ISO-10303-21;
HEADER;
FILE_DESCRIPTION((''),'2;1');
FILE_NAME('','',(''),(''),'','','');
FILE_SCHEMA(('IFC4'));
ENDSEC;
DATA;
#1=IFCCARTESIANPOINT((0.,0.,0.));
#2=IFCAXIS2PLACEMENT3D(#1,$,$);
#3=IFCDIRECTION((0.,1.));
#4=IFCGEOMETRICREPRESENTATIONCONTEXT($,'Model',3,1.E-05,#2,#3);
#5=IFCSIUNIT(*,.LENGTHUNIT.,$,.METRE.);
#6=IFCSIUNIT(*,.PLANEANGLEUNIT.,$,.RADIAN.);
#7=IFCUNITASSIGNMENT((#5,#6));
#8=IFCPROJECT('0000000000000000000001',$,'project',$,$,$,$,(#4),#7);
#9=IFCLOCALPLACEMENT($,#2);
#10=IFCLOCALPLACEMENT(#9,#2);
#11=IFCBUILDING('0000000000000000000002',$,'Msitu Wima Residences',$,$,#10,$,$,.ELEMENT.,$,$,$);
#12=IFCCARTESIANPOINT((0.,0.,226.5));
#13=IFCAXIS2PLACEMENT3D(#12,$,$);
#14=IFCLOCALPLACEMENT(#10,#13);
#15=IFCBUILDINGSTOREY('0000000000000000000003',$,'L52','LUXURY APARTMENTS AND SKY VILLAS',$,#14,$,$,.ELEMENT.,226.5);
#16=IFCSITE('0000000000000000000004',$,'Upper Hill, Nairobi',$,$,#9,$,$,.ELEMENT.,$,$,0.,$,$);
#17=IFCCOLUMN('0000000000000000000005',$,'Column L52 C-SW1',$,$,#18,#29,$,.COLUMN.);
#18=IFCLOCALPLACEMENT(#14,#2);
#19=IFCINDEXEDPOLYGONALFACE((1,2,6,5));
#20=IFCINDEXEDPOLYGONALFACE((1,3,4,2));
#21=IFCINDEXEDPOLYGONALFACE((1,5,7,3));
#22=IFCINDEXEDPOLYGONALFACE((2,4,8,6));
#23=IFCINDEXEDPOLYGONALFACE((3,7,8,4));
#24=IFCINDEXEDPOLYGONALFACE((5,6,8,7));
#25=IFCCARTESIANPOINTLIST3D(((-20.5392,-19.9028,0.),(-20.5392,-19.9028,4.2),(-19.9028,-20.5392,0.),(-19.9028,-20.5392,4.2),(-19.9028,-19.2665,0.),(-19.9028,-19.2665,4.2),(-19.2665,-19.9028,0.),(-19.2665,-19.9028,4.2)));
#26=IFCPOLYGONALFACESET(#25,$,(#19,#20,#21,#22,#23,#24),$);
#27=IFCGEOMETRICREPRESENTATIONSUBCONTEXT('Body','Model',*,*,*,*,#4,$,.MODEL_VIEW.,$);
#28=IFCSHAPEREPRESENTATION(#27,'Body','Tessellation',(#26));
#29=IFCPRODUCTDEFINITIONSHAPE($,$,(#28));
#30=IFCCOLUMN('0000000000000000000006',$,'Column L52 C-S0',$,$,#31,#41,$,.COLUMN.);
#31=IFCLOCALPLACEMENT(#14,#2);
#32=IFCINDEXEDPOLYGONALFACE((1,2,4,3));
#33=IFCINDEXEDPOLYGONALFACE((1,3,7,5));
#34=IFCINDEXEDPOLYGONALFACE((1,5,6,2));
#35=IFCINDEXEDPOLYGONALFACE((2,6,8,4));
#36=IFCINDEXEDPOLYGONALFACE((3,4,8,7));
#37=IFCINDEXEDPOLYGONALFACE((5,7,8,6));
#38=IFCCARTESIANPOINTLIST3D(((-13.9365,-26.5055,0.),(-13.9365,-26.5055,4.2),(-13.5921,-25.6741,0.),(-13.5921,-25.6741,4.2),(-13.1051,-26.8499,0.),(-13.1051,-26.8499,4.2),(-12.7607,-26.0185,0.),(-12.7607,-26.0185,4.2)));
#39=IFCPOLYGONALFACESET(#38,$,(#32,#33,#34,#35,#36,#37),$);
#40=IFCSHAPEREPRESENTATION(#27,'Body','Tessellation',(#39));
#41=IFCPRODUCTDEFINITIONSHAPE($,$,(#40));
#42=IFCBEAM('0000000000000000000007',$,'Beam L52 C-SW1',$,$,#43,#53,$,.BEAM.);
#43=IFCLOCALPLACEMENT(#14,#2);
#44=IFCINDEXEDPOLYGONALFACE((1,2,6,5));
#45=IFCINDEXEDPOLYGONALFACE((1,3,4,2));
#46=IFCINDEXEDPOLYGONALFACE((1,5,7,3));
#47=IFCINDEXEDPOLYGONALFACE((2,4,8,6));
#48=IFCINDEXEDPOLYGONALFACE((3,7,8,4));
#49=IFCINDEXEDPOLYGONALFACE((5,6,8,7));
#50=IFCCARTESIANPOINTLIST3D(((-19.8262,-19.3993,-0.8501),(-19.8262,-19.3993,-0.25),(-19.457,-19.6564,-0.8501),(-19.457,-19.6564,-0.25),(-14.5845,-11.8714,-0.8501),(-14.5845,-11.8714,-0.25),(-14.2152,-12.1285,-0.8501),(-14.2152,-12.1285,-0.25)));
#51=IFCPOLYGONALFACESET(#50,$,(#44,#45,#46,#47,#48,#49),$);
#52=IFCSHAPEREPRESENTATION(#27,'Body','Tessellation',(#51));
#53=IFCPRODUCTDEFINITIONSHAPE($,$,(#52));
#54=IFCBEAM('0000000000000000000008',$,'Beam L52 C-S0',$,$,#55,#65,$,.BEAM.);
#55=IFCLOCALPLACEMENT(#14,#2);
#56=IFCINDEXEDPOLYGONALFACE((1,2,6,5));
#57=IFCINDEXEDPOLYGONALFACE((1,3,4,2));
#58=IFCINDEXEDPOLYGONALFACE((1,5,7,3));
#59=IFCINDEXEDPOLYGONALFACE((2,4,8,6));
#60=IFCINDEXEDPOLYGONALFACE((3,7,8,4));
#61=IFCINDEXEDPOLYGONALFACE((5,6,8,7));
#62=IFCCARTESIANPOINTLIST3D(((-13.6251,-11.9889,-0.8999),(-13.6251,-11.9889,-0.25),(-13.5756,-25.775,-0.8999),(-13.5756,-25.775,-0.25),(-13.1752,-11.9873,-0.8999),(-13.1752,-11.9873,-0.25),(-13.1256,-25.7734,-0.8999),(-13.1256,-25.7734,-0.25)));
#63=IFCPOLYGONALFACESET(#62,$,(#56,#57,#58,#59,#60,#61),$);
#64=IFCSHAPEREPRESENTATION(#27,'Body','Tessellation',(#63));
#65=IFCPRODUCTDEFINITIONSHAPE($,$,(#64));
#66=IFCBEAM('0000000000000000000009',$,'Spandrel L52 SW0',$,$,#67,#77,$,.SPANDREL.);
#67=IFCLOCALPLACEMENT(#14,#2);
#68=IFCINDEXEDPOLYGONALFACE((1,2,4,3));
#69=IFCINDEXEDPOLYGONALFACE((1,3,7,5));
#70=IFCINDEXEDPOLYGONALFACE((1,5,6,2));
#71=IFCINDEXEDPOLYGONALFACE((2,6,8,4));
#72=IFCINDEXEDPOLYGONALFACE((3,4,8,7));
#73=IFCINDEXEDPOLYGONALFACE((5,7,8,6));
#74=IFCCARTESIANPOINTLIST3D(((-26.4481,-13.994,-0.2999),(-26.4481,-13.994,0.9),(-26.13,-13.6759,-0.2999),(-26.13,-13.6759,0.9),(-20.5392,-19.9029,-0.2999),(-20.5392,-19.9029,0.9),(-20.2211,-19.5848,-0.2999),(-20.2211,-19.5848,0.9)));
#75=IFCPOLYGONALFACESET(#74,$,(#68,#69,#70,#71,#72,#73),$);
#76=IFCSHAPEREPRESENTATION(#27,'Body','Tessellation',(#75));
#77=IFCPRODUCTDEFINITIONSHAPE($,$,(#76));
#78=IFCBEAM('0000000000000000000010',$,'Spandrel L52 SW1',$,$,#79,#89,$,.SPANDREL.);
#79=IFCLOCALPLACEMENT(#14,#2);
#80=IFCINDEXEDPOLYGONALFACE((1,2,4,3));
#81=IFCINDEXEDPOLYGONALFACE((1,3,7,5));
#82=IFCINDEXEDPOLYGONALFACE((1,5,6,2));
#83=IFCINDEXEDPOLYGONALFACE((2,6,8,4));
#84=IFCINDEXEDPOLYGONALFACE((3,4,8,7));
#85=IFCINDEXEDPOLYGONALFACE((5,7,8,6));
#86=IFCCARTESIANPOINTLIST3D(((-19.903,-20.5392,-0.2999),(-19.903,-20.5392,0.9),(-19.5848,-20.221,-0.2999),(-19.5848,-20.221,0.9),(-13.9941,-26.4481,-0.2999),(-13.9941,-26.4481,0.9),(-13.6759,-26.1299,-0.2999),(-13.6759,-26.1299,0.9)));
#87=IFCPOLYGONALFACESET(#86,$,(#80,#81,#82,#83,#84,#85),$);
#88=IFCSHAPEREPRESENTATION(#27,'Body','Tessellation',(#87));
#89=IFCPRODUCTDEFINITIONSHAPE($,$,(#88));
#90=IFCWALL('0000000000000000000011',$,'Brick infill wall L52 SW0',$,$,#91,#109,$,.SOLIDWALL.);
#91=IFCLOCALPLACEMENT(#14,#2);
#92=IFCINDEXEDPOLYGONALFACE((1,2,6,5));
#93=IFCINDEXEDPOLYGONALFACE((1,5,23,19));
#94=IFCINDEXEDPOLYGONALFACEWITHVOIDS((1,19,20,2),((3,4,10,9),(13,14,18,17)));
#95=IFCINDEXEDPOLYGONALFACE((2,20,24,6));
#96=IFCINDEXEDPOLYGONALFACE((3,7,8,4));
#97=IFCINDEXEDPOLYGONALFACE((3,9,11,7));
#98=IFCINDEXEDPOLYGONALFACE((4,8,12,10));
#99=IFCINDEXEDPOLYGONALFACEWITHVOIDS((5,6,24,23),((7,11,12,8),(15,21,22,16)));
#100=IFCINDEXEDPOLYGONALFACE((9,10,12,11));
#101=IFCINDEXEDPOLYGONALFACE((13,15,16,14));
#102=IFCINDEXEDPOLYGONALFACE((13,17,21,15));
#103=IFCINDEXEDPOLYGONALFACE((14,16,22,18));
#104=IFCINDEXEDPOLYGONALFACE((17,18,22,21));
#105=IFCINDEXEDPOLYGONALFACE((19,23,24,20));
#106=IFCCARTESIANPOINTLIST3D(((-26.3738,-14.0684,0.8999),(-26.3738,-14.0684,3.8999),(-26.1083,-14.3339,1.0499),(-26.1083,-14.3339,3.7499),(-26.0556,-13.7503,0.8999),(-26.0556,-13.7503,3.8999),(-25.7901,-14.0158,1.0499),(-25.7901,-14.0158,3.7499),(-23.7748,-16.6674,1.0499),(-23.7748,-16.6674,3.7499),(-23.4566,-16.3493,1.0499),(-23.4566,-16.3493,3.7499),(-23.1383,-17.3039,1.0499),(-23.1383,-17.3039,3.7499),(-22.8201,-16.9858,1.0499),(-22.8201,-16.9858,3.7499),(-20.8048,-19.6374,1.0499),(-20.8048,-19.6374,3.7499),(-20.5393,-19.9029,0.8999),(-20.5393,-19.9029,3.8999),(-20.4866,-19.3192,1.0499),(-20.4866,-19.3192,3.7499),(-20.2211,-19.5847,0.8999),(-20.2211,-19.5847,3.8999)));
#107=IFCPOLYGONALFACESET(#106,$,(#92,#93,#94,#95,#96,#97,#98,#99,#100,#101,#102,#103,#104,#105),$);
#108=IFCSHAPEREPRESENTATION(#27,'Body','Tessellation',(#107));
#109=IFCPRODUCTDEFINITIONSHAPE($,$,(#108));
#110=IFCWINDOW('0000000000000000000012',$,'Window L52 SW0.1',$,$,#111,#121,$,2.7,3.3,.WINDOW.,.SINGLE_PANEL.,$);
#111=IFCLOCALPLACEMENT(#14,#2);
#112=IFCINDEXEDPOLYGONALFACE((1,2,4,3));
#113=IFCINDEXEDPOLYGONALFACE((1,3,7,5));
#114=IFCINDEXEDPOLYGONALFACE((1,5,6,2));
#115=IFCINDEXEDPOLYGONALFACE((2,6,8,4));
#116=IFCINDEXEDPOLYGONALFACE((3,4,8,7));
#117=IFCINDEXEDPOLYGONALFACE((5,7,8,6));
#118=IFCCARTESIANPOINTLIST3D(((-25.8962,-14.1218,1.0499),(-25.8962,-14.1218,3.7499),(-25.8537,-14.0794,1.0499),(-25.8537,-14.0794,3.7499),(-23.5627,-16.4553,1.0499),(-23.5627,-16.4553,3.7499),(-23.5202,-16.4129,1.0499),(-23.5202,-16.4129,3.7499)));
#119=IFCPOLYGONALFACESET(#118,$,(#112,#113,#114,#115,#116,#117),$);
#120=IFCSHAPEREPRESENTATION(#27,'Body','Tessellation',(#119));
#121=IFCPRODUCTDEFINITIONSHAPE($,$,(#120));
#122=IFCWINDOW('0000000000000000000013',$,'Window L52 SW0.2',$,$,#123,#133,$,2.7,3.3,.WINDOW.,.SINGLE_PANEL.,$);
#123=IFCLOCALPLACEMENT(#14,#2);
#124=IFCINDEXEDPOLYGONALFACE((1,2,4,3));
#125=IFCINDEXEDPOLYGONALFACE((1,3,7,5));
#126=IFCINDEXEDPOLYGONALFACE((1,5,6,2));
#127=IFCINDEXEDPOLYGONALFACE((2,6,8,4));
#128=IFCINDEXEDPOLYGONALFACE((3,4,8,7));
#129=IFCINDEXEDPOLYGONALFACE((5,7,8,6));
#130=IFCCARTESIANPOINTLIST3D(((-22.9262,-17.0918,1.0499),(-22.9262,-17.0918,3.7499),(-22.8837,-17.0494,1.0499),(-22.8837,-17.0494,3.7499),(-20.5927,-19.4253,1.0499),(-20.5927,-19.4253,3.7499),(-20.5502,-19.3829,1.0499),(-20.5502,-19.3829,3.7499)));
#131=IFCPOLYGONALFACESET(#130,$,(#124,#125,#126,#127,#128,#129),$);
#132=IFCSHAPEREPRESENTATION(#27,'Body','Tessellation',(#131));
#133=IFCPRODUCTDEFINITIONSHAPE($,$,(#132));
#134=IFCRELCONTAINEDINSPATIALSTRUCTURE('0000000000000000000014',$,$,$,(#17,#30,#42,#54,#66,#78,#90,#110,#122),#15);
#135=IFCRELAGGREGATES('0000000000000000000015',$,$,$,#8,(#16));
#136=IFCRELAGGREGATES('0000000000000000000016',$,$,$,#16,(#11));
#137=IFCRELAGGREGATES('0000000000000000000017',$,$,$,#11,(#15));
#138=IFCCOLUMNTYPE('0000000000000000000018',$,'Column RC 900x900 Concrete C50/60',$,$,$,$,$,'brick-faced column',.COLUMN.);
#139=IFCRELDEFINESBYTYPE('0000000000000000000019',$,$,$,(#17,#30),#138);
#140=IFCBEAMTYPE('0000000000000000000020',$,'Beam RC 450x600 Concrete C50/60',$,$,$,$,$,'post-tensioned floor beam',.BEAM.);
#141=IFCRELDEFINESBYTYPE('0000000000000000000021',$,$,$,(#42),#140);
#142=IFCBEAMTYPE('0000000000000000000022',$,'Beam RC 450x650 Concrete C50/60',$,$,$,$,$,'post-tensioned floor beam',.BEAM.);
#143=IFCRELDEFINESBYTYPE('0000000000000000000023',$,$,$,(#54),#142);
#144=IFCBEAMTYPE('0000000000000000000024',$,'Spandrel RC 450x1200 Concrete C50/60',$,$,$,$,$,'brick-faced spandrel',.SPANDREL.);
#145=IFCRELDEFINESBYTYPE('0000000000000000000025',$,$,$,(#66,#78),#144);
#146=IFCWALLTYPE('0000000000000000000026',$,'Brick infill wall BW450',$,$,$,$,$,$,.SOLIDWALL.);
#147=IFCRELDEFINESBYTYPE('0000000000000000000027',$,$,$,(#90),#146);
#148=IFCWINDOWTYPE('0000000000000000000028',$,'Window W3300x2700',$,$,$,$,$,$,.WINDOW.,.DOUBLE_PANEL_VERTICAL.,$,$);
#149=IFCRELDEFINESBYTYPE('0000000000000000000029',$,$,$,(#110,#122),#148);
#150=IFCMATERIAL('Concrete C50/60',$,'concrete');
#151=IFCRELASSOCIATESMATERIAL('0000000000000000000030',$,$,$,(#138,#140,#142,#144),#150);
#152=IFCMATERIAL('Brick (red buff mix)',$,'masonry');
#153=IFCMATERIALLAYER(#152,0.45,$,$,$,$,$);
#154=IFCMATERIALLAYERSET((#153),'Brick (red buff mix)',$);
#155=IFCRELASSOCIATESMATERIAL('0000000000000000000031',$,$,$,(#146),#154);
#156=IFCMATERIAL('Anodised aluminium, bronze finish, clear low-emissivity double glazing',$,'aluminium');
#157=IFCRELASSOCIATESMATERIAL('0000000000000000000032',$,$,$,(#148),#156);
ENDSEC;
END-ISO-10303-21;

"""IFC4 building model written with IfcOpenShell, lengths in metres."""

from ifc_helpers import new_model, si_unit, direction, frame, frame_2d, origin, origin_2d, place, context, subcontext, project, spatial, rectangle, extrude, material, layer, layer_set, material_profile, profile_set, type_object, element, fill, save


model = new_model("IFC4")

# Units and contexts
model_context = context("Model", 3, precision=1e-05, world=origin(), true_north=direction((0.0, 1.0)))
body_context = subcontext(model_context, "Body", "Model", "MODEL_VIEW")
ifc_project = project(units=[si_unit("LENGTHUNIT", "METRE"), si_unit("PLANEANGLEUNIT", "RADIAN")], contexts=[model_context])

# Site, building, storey
site_placement = place(None, origin())
site = spatial("IfcSite", under=ifc_project, at=site_placement, Name="Upper Hill, Nairobi", CompositionType="ELEMENT", RefElevation=0.0)
building_placement = place(site_placement, origin())
building = spatial("IfcBuilding", under=site, at=building_placement, Name="Msitu Wima Residences", CompositionType="ELEMENT")
storey_placement = place(building_placement, frame((0.0, 0.0, 226.5)))
storey = spatial("IfcBuildingStorey", under=building, at=storey_placement, Name="L52", Description="LUXURY APARTMENTS AND SKY VILLAS", CompositionType="ELEMENT", Elevation=226.5)

# Columns
ifc_material_1 = material(Name="Concrete C50/60", Category="concrete")
ifc_material_profile_1 = material_profile(ifc_material_1, rectangle(XDim=0.8999, YDim=0.8999, at=origin_2d()), Name="RC 900x900")
ifc_profile_set_1 = profile_set([ifc_material_profile_1], Name="Concrete C50/60")
column_type = type_object("IfcColumnType", Name="Column RC 900x900 Concrete C50/60", ElementType="brick-faced column", PredefinedType="COLUMN", material=ifc_profile_set_1)
for number, where, z_axis, x_axis, name in (
    (1, (-19.9028, -19.9028, 0.0), (0.0, 0.0, 1.0), (0.707107, -0.707107, 0.0), "Column L52 C-SW1"),
    (2, (-13.3486, -26.262, 0.0), (0.0, 0.0, 1.0), (0.92388, -0.382683, 0.0), "Column L52 C-S0"),
):
    element("IfcColumn", number, at=place(storey_placement, frame(where, z_axis=z_axis, x_axis=x_axis)), inside=storey, type_object=column_type, Name=name, PredefinedType="COLUMN", context=body_context, shape_type="SweptSolid", body=[
        extrude(rectangle(XDim=0.8999, YDim=0.8999, at=origin_2d()), origin(), (0.0, 0.0, 1.0), 4.2),
    ])

# Beams
ifc_material_profile_2 = material_profile(ifc_material_1, rectangle(XDim=0.45, YDim=0.6001, at=origin_2d()), Name="RC 450x600")
ifc_profile_set_2 = profile_set([ifc_material_profile_2], Name="Concrete C50/60")
beam_type_1 = type_object("IfcBeamType", Name="Beam RC 450x600 Concrete C50/60", ElementType="post-tensioned floor beam", PredefinedType="BEAM", material=ifc_profile_set_2)
beam_1_placement = place(storey_placement, frame((-19.6416, -19.5278, -0.55), z_axis=(0.571428, 0.820652, 0.0), x_axis=(-0.820652, 0.571428, 0.0)))
element("IfcBeam", 3, at=beam_1_placement, inside=storey, type_object=beam_type_1, Name="Beam L52 C-SW1", PredefinedType="BEAM", context=body_context, shape_type="SweptSolid", body=[
    extrude(rectangle(XDim=0.45, YDim=0.6001, at=origin_2d()), origin(), (0.0, 0.0, 1.0), 9.1731),
])
ifc_material_profile_3 = material_profile(ifc_material_1, rectangle(XDim=0.45, YDim=0.6499, at=origin_2d()), Name="RC 450x650")
ifc_profile_set_3 = profile_set([ifc_material_profile_3], Name="Concrete C50/60")
beam_type_2 = type_object("IfcBeamType", Name="Beam RC 450x650 Concrete C50/60", ElementType="post-tensioned floor beam", PredefinedType="BEAM", material=ifc_profile_set_3)
beam_2_placement = place(storey_placement, frame((-13.3506, -25.7742, -0.575), z_axis=(-0.003595, 0.999994, 0.0), x_axis=(-0.999994, -0.003595, 0.0)))
element("IfcBeam", 4, at=beam_2_placement, inside=storey, type_object=beam_type_2, Name="Beam L52 C-S0", PredefinedType="BEAM", context=body_context, shape_type="SweptSolid", body=[
    extrude(rectangle(XDim=0.45, YDim=0.6499, at=origin_2d()), origin(), (0.0, 0.0, 1.0), 13.7861),
])
ifc_material_profile_4 = material_profile(ifc_material_1, rectangle(XDim=0.45, YDim=1.2, at=origin_2d()), Name="RC 450x1200")
ifc_profile_set_4 = profile_set([ifc_material_profile_4], Name="Concrete C50/60")
beam_type_3 = type_object("IfcBeamType", Name="Spandrel RC 450x1200 Concrete C50/60", ElementType="brick-faced spandrel", PredefinedType="SPANDREL", material=ifc_profile_set_4)
for number, where, z_axis, x_axis, name in (
    (5, (-26.2891, -13.835, 0.3), (0.707107, -0.707107, 0.0), (0.707107, 0.707107, 0.0), "Spandrel L52 SW0"),
    (6, (-19.7439, -20.3801, 0.3), (0.707107, -0.707107, 0.0), (0.707107, 0.707107, 0.0), "Spandrel L52 SW1"),
):
    element("IfcBeam", number, at=place(storey_placement, frame(where, z_axis=z_axis, x_axis=x_axis)), inside=storey, type_object=beam_type_3, Name=name, PredefinedType="SPANDREL", context=body_context, shape_type="SweptSolid", body=[
        extrude(rectangle(XDim=0.45, YDim=1.2, at=origin_2d()), origin(), (0.0, 0.0, 1.0), 8.3564),
    ])

# Wall, openings, windows
ifc_material_2 = material(Name="Brick (red buff mix)", Category="masonry")
ifc_layer_1 = layer(ifc_material_2, 0.45)
ifc_layer_set_1 = layer_set([ifc_layer_1], Name="Brick (red buff mix)")
wall_type_1 = type_object("IfcWallType", Name="Brick infill wall BW450", PredefinedType="SOLIDWALL", material=ifc_layer_set_1)
wall_1_placement = place(storey_placement, frame((-26.2146, -13.9094, 0.8999), z_axis=(0.0, 0.0, 1.0), x_axis=(0.707107, -0.707107, 0.0)))
wall_1 = element("IfcWall", 7, at=wall_1_placement, inside=storey, type_object=wall_type_1, Name="Brick infill wall L52 SW0", PredefinedType="SOLIDWALL", context=body_context, shape_type="SweptSolid", body=[
    extrude(rectangle(XDim=8.2512, YDim=0.45, at=frame_2d((4.1255, 0.0))), origin(), (0.0, 0.0, 1.0), 3.0),
])
opening_1_placement = place(wall_1_placement, frame((0.3755, 0.0, 0.1499)))
opening_1 = element("IfcOpeningElement", 8, at=opening_1_placement, cuts=wall_1, PredefinedType="OPENING", context=body_context, shape_type="SweptSolid", body=[
    extrude(rectangle(XDim=3.3, YDim=2.7, at=frame_2d((1.6499, 1.3501))), frame((0.0, 0.2349, 0.0), z_axis=(0.0, -1.0, 0.0), x_axis=(1.0, 0.0, 0.0)), (0.0, 0.0, 1.0), 0.47),
])
opening_2_placement = place(wall_1_placement, frame((4.5757, 0.0, 0.1499)))
opening_2 = element("IfcOpeningElement", 9, at=opening_2_placement, cuts=wall_1, PredefinedType="OPENING", context=body_context, shape_type="SweptSolid", body=[
    extrude(rectangle(XDim=3.3, YDim=2.7, at=frame_2d((1.6499, 1.3501))), frame((0.0, 0.2349, 0.0), z_axis=(0.0, -1.0, 0.0), x_axis=(1.0, 0.0, 0.0)), (0.0, 0.0, 1.0), 0.47),
])
ifc_material_3 = material(Name="Anodised aluminium, bronze finish, clear low-emissivity double glazing", Category="aluminium")
window_type = type_object("IfcWindowType", Name="Window W3300x2700", PartitioningType="DOUBLE_PANEL_VERTICAL", PredefinedType="WINDOW", material=ifc_material_3)
window_1_placement = place(opening_1_placement, origin())
window_1 = element("IfcWindow", 10, at=window_1_placement, inside=storey, type_object=window_type, Name="Window L52 SW0.1", OverallHeight=2.7, OverallWidth=3.3, PartitioningType="SINGLE_PANEL", PredefinedType="WINDOW", context=body_context, shape_type="SweptSolid", body=[
    extrude(rectangle(XDim=3.3, YDim=2.7, at=frame_2d((1.6499, 1.3501))), frame((0.0, 0.135, 0.0), z_axis=(0.0, -1.0, 0.0), x_axis=(1.0, 0.0, 0.0)), (0.0, 0.0, 1.0), 0.0601),
])
fill(opening_1, window_1)
window_2_placement = place(opening_2_placement, origin())
window_2 = element("IfcWindow", 11, at=window_2_placement, inside=storey, type_object=window_type, Name="Window L52 SW0.2", OverallHeight=2.7, OverallWidth=3.3, PartitioningType="SINGLE_PANEL", PredefinedType="WINDOW", context=body_context, shape_type="SweptSolid", body=[
    extrude(rectangle(XDim=3.3, YDim=2.7, at=frame_2d((1.6499, 1.3501))), frame((0.0, 0.135, 0.0), z_axis=(0.0, -1.0, 0.0), x_axis=(1.0, 0.0, 0.0)), (0.0, 0.0, 1.0), 0.0601),
])
fill(opening_2, window_2)

save(model, "model.ifc")
